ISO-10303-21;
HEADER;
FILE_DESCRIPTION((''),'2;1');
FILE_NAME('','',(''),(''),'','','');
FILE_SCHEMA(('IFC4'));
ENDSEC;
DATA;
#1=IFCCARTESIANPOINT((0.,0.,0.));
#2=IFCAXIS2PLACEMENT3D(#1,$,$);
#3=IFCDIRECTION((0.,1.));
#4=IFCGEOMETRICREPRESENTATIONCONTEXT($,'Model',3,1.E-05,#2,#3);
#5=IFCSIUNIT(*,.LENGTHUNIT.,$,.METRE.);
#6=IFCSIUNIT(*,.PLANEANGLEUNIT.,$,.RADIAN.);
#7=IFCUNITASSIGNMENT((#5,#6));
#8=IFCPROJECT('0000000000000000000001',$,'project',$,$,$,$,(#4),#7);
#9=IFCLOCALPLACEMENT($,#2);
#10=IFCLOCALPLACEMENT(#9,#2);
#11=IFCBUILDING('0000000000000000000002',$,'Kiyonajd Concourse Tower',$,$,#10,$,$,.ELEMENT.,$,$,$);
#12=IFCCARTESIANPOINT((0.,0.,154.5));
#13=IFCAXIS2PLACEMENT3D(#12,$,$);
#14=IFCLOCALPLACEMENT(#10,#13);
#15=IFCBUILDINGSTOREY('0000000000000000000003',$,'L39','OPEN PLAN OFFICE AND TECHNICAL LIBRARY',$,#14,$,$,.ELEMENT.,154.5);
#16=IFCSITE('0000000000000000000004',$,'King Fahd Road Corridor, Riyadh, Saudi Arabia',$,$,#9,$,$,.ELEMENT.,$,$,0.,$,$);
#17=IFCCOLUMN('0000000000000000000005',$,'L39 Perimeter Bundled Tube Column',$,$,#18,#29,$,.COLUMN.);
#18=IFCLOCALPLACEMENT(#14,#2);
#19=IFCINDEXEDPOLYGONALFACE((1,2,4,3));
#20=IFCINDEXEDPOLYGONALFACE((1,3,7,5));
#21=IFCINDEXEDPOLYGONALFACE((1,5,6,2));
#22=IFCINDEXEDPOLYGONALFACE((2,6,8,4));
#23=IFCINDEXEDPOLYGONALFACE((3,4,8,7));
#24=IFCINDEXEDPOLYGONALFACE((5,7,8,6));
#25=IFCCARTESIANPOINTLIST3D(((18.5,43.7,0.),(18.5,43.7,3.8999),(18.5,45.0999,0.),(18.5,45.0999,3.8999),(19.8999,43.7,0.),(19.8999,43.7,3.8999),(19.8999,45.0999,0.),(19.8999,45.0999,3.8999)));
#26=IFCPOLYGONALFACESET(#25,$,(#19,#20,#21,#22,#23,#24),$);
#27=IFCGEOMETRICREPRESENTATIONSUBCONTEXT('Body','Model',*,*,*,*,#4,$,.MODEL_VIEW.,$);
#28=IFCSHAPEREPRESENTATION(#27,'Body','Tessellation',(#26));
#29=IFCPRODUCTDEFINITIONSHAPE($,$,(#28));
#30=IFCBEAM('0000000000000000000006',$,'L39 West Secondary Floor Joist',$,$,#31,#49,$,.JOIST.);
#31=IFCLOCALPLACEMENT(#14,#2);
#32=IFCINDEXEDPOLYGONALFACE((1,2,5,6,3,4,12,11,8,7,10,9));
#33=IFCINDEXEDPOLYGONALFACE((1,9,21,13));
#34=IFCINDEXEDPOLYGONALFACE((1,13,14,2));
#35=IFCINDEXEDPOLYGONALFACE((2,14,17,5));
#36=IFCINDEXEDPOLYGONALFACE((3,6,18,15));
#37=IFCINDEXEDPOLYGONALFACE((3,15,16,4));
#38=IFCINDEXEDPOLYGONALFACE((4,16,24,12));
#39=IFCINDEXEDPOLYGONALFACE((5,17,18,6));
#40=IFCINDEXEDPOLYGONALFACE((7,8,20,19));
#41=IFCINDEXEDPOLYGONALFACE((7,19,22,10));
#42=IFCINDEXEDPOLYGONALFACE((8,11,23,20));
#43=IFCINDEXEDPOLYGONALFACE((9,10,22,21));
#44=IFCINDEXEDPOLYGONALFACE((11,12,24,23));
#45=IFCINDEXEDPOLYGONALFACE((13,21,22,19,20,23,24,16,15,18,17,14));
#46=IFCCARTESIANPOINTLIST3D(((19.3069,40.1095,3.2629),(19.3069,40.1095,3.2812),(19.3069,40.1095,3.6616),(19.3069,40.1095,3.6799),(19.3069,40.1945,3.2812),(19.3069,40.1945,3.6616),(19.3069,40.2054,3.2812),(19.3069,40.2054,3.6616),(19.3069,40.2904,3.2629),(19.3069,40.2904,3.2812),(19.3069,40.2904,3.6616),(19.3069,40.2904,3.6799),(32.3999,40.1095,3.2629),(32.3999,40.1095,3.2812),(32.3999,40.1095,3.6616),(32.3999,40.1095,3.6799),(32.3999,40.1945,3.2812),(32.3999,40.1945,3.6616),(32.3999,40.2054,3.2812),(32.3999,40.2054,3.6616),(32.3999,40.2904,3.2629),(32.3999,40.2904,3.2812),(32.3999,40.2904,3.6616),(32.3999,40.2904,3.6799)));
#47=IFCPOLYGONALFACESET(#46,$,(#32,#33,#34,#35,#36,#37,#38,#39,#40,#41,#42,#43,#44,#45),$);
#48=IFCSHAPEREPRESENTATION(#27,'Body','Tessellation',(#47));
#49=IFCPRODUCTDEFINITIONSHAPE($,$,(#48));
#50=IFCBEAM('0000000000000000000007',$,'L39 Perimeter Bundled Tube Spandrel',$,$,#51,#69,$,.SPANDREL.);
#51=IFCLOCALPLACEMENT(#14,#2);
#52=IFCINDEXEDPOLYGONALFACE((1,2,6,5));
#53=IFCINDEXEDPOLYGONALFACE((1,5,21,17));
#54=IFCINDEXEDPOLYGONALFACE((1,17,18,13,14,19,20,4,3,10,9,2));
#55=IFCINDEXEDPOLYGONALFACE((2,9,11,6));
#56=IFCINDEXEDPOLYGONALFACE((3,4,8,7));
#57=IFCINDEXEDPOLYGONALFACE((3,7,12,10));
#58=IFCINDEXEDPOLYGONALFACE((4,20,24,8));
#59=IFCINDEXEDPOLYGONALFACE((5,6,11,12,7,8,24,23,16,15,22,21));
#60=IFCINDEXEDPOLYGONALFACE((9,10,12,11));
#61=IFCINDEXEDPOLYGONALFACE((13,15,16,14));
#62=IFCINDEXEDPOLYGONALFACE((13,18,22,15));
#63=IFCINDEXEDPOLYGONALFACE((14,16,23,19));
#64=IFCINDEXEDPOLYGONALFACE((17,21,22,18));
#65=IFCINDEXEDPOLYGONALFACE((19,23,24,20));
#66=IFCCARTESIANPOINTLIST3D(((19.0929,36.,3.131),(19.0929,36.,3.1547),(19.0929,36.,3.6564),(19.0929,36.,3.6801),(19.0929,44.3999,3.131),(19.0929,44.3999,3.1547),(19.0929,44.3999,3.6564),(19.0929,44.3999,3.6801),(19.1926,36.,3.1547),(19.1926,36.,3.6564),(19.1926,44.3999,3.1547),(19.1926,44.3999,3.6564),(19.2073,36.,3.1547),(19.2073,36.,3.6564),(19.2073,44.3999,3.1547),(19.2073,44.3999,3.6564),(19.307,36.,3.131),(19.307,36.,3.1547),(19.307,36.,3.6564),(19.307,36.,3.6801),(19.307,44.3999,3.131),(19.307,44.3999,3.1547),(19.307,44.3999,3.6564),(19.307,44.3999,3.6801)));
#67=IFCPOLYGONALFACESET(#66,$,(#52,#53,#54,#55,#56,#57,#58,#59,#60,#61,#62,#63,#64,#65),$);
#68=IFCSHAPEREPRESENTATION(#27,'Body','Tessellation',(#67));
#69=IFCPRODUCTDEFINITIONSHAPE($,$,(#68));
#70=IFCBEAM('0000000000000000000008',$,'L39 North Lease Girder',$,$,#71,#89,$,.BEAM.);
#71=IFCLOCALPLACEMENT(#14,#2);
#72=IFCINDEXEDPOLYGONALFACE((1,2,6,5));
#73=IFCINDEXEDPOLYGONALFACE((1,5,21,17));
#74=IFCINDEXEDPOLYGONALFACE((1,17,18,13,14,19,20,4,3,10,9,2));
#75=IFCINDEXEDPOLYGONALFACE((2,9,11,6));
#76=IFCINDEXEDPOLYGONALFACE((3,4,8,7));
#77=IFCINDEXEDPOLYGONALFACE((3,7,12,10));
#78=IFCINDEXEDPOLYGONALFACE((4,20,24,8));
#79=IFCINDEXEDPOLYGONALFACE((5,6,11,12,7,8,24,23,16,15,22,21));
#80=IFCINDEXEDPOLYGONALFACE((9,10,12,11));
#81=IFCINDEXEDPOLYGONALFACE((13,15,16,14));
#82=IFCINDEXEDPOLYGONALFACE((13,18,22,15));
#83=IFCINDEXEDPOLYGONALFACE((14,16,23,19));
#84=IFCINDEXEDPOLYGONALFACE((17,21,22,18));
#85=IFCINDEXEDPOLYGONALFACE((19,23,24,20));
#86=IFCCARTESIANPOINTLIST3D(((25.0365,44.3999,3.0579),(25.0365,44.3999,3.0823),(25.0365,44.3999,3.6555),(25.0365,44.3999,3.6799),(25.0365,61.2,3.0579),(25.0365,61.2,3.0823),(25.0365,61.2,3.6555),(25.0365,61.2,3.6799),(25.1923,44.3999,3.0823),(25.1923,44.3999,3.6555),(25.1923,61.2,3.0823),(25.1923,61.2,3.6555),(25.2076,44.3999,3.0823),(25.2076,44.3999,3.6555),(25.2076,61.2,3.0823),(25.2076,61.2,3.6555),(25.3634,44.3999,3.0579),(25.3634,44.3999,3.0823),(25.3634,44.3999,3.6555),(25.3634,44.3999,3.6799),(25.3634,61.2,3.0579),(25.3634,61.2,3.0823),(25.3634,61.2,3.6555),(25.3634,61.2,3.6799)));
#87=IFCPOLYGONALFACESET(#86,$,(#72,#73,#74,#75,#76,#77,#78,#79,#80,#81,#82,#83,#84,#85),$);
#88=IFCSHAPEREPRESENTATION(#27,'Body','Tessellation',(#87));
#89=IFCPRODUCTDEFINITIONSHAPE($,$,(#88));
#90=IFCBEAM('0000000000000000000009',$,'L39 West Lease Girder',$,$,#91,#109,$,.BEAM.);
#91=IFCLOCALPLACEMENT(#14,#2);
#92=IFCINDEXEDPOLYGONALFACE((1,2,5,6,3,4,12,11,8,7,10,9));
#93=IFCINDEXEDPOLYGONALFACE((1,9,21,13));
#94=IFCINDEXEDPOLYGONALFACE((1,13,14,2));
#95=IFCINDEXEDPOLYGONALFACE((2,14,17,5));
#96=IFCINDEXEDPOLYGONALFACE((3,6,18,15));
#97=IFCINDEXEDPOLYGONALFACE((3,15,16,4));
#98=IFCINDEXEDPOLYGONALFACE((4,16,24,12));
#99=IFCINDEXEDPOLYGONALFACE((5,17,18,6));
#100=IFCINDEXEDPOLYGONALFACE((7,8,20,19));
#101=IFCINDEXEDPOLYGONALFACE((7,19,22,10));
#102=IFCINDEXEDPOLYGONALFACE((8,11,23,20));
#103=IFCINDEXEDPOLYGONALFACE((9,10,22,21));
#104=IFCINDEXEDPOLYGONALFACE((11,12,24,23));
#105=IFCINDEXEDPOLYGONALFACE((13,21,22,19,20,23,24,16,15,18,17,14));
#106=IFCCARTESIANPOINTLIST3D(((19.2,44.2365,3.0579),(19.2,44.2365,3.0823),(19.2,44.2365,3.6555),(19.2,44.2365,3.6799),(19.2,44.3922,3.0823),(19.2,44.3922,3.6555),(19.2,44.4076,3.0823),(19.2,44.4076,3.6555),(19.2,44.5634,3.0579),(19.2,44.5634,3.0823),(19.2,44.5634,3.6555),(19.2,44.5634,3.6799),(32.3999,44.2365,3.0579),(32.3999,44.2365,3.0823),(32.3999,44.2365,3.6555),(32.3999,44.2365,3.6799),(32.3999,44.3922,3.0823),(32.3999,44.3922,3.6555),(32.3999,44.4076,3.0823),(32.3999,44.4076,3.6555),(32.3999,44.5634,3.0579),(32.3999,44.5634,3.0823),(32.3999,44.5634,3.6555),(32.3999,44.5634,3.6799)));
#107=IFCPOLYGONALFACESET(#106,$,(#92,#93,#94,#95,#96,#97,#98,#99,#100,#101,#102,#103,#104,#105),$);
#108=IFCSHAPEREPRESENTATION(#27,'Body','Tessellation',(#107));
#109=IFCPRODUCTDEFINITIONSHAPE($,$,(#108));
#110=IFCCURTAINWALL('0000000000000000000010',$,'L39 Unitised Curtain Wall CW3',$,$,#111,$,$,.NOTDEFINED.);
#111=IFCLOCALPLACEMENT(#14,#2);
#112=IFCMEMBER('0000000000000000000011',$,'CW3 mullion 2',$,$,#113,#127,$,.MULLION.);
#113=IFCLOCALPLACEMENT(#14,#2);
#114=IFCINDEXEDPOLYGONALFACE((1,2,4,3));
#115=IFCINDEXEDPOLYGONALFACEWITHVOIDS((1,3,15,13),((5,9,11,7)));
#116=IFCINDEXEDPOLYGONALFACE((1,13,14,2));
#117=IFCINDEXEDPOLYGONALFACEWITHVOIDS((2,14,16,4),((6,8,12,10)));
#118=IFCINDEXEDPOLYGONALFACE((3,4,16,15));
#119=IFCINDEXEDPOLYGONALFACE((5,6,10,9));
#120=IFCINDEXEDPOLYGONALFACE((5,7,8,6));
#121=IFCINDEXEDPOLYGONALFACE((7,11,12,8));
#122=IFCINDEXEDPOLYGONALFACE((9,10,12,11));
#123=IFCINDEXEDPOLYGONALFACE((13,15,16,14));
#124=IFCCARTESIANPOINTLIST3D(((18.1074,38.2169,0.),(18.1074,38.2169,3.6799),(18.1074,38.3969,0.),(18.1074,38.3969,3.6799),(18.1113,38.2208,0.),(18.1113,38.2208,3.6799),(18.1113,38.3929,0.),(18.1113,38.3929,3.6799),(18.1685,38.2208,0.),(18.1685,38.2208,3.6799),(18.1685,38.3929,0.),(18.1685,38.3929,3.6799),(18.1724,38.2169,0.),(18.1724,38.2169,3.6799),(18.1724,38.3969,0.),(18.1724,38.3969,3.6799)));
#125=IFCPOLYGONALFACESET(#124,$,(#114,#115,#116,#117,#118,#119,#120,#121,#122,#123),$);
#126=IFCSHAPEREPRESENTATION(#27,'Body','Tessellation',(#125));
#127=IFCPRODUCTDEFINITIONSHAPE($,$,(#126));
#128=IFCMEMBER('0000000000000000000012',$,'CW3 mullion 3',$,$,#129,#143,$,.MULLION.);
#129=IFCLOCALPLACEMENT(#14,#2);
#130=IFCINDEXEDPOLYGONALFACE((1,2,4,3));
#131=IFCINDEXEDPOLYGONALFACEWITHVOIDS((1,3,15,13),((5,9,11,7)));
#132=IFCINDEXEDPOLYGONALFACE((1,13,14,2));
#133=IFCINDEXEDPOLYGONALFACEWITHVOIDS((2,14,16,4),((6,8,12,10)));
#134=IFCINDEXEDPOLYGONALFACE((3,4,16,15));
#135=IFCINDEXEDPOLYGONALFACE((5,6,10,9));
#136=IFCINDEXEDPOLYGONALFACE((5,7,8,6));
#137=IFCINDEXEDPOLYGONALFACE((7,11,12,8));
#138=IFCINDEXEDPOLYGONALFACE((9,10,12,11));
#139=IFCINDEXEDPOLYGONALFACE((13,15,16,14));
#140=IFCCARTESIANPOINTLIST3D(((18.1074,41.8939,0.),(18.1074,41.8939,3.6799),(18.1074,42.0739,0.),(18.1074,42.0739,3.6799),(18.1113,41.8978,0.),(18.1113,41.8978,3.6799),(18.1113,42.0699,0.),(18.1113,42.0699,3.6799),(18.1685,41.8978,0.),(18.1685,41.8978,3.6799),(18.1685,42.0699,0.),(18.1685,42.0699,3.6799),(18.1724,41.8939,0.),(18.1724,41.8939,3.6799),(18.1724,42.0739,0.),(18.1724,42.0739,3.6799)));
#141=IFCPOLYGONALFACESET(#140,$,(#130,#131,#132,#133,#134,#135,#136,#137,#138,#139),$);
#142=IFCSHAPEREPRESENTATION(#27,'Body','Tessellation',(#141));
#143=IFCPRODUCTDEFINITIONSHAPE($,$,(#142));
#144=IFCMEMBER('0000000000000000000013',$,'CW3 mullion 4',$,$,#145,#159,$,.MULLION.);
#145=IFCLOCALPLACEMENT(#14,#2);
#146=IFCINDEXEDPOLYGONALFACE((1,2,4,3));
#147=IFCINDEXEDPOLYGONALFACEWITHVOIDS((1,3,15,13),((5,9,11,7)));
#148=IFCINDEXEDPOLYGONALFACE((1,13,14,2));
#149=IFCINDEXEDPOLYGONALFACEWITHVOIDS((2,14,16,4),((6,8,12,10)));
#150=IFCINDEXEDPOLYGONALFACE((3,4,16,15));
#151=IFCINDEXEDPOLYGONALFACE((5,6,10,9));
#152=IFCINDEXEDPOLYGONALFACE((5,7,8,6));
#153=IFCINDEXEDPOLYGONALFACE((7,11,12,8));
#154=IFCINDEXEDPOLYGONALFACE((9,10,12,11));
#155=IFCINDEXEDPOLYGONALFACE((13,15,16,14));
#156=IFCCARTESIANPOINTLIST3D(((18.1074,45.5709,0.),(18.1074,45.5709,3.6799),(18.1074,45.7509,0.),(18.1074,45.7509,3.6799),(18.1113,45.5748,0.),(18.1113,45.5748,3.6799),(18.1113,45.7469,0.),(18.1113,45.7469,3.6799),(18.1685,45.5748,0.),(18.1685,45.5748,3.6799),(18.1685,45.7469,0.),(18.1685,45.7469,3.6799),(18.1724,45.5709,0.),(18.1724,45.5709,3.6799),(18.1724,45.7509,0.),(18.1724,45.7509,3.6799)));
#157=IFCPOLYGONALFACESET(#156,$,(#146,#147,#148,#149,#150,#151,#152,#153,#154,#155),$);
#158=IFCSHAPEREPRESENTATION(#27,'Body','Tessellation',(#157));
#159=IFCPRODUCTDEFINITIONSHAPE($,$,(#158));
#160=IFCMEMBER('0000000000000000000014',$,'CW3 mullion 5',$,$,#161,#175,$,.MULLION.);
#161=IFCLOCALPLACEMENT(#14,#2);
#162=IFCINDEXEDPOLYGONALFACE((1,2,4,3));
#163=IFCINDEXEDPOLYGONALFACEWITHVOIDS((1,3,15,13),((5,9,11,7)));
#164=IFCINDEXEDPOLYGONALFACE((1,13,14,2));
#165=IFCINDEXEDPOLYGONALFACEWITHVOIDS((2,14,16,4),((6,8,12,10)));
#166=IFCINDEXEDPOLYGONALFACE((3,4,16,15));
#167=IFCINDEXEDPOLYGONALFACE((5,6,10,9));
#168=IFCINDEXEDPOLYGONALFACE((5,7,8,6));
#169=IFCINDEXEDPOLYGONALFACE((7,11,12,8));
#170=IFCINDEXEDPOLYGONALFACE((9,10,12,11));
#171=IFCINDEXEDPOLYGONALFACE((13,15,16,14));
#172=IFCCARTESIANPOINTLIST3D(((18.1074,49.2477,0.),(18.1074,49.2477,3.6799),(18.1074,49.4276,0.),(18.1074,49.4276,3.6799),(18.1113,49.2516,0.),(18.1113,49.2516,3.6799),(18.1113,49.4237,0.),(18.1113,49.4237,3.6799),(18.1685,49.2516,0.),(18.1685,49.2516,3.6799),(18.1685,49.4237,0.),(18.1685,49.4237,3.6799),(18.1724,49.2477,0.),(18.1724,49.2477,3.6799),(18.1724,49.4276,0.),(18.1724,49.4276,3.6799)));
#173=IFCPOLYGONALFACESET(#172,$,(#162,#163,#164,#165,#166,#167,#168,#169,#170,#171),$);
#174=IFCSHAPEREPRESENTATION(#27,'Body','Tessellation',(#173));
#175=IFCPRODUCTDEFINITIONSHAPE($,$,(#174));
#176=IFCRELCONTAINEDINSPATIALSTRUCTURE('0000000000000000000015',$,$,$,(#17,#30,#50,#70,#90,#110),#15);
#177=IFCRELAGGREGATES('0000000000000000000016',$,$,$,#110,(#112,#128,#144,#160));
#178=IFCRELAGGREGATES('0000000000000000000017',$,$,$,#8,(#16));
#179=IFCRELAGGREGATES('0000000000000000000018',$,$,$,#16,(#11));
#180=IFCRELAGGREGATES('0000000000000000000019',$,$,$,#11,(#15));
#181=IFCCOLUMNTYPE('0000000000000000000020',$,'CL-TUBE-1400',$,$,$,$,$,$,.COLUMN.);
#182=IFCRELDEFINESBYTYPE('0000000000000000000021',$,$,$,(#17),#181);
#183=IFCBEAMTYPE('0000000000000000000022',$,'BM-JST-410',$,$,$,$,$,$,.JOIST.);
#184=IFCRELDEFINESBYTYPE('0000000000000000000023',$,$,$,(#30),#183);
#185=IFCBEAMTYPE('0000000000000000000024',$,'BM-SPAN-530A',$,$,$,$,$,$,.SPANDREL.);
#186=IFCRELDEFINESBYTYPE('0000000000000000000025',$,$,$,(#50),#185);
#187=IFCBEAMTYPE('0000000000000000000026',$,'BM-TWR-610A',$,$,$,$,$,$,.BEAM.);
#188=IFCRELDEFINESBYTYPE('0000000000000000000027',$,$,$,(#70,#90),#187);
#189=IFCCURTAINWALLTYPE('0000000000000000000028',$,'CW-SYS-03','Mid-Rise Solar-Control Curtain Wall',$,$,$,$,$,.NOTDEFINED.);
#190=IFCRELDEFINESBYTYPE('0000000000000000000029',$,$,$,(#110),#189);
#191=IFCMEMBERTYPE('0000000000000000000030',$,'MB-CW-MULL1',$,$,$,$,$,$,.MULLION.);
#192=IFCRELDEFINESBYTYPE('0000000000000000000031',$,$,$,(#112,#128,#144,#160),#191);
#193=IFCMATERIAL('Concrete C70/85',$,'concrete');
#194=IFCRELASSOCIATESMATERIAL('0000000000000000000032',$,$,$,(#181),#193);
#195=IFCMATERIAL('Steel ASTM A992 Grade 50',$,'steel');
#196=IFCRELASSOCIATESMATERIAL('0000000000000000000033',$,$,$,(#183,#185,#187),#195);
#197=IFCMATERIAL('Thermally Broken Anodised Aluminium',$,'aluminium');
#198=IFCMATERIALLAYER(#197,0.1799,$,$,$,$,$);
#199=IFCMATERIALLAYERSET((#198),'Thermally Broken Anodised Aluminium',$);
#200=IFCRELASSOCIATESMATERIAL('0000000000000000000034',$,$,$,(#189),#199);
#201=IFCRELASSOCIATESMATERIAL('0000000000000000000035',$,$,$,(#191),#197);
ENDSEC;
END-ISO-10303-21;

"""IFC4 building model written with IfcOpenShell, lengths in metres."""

from ifc_helpers import new_model, si_unit, direction, frame, origin, origin_2d, place, context, subcontext, project, spatial, rectangle, hollow_rectangle, i_section, extrude, material, layer, layer_set, material_profile, profile_set, type_object, element, aggregate, save


model = new_model("IFC4")

# Units and contexts
model_context = context("Model", 3, precision=1e-05, world=origin(), true_north=direction((0.0, 1.0)))
body_context = subcontext(model_context, "Body", "Model", "MODEL_VIEW")
ifc_project = project(units=[si_unit("LENGTHUNIT", "METRE"), si_unit("PLANEANGLEUNIT", "RADIAN")], contexts=[model_context])

# Site, building, storey
site_placement = place(None, origin())
site = spatial("IfcSite", under=ifc_project, at=site_placement, Name="King Fahd Road Corridor, Riyadh, Saudi Arabia", CompositionType="ELEMENT", RefElevation=0.0)
building_placement = place(site_placement, origin())
building = spatial("IfcBuilding", under=site, at=building_placement, Name="Kiyonajd Concourse Tower", CompositionType="ELEMENT")
storey_placement = place(building_placement, frame((0.0, 0.0, 154.5)))
storey = spatial("IfcBuildingStorey", under=building, at=storey_placement, Name="L39", Description="OPEN PLAN OFFICE AND TECHNICAL LIBRARY", CompositionType="ELEMENT", Elevation=154.5)

# Column
ifc_material_1 = material(Name="Concrete C70/85", Category="concrete")
ifc_material_profile_1 = material_profile(ifc_material_1, rectangle(XDim=1.3999, YDim=1.3999, at=origin_2d()), Name="RC-1400x1400")
ifc_profile_set_1 = profile_set([ifc_material_profile_1], Name="Concrete C70/85")
column_type = type_object("IfcColumnType", Name="CL-TUBE-1400", PredefinedType="COLUMN", material=ifc_profile_set_1)
column_placement = place(storey_placement, frame((19.2, 44.3999, 0.0), z_axis=(0.0, 0.0, 1.0), x_axis=(1.0, 0.0, 0.0)))
element("IfcColumn", 1, at=column_placement, inside=storey, type_object=column_type, Name="L39 Perimeter Bundled Tube Column", PredefinedType="COLUMN", context=body_context, shape_type="SweptSolid", body=[
    extrude(rectangle(XDim=1.3999, YDim=1.3999, at=origin_2d()), origin(), (0.0, 0.0, 1.0), 3.8999),
])

# Beams
ifc_material_2 = material(Name="Steel ASTM A992 Grade 50", Category="steel")
ifc_material_profile_2 = material_profile(ifc_material_2, i_section(OverallWidth=0.1809, OverallDepth=0.417, WebThickness=0.011, FlangeThickness=0.0183, at=origin_2d()), Name="W410X85")
ifc_profile_set_2 = profile_set([ifc_material_profile_2], Name="Steel ASTM A992 Grade 50")
beam_type_1 = type_object("IfcBeamType", Name="BM-JST-410", PredefinedType="JOIST", material=ifc_profile_set_2)
beam_1_placement = place(storey_placement, frame((19.3069, 40.2, 3.4714), z_axis=(1.0, 0.0, 0.0), x_axis=(0.0, 1.0, 0.0)))
element("IfcBeam", 2, at=beam_1_placement, inside=storey, type_object=beam_type_1, Name="L39 West Secondary Floor Joist", PredefinedType="JOIST", context=body_context, shape_type="SweptSolid", body=[
    extrude(i_section(OverallWidth=0.1809, OverallDepth=0.417, WebThickness=0.011, FlangeThickness=0.0183, at=origin_2d()), origin(), (0.0, 0.0, 1.0), 13.093),
])
ifc_material_profile_3 = material_profile(ifc_material_2, i_section(OverallWidth=0.2141, OverallDepth=0.5491, WebThickness=0.0146, FlangeThickness=0.0237, at=origin_2d()), Name="W530X138")
ifc_profile_set_3 = profile_set([ifc_material_profile_3], Name="Steel ASTM A992 Grade 50")
beam_type_2 = type_object("IfcBeamType", Name="BM-SPAN-530A", PredefinedType="SPANDREL", material=ifc_profile_set_3)
beam_2_placement = place(storey_placement, frame((19.2, 44.3999, 3.4055), z_axis=(0.0, -1.0, 0.0), x_axis=(1.0, 0.0, 0.0)))
element("IfcBeam", 3, at=beam_2_placement, inside=storey, type_object=beam_type_2, Name="L39 Perimeter Bundled Tube Spandrel", PredefinedType="SPANDREL", context=body_context, shape_type="SweptSolid", body=[
    extrude(i_section(OverallWidth=0.2141, OverallDepth=0.5491, WebThickness=0.0146, FlangeThickness=0.0237, at=origin_2d()), origin(), (0.0, 0.0, 1.0), 8.3999),
])
ifc_material_profile_4 = material_profile(ifc_material_2, i_section(OverallWidth=0.3269, OverallDepth=0.6221, WebThickness=0.0154, FlangeThickness=0.0244, at=origin_2d()), Name="W610X195")
ifc_profile_set_4 = profile_set([ifc_material_profile_4], Name="Steel ASTM A992 Grade 50")
beam_type_3 = type_object("IfcBeamType", Name="BM-TWR-610A", PredefinedType="BEAM", material=ifc_profile_set_4)
beam_3_placement = place(storey_placement, frame((25.2, 44.3999, 3.3689), z_axis=(0.0, 1.0, 0.0), x_axis=(-1.0, 0.0, 0.0)))
element("IfcBeam", 4, at=beam_3_placement, inside=storey, type_object=beam_type_3, Name="L39 North Lease Girder", PredefinedType="BEAM", context=body_context, shape_type="SweptSolid", body=[
    extrude(i_section(OverallWidth=0.3269, OverallDepth=0.6221, WebThickness=0.0154, FlangeThickness=0.0244, at=origin_2d()), origin(), (0.0, 0.0, 1.0), 16.8),
])
beam_4_placement = place(storey_placement, frame((19.2, 44.3999, 3.3689), z_axis=(1.0, 0.0, 0.0), x_axis=(0.0, 1.0, 0.0)))
element("IfcBeam", 5, at=beam_4_placement, inside=storey, type_object=beam_type_3, Name="L39 West Lease Girder", PredefinedType="BEAM", context=body_context, shape_type="SweptSolid", body=[
    extrude(i_section(OverallWidth=0.3269, OverallDepth=0.6221, WebThickness=0.0154, FlangeThickness=0.0244, at=origin_2d()), origin(), (0.0, 0.0, 1.0), 13.2),
])

# Curtain wall, members
ifc_material_3 = material(Name="Thermally Broken Anodised Aluminium", Category="aluminium")
ifc_layer_1 = layer(ifc_material_3, 0.1799)
ifc_layer_set_1 = layer_set([ifc_layer_1], Name="Thermally Broken Anodised Aluminium")
curtain_wall_type = type_object("IfcCurtainWallType", Name="CW-SYS-03", Description="Mid-Rise Solar-Control Curtain Wall", PredefinedType="NOTDEFINED", material=ifc_layer_set_1)
curtain_wall_placement = place(storey_placement, origin())
curtain_wall = element("IfcCurtainWall", 6, at=curtain_wall_placement, inside=storey, type_object=curtain_wall_type, Name="L39 Unitised Curtain Wall CW3", PredefinedType="NOTDEFINED")
ifc_material_profile_5 = material_profile(ifc_material_3, hollow_rectangle(XDim=0.0649, YDim=0.1799, WallThickness=0.0039, at=origin_2d()), Name="MULL-65x180")
ifc_profile_set_5 = profile_set([ifc_material_profile_5], Name="Thermally Broken Anodised Aluminium")
member_type_1 = type_object("IfcMemberType", Name="MB-CW-MULL1", PredefinedType="MULLION", material=ifc_profile_set_5)
member_1_placement = place(storey_placement, frame((18.1399, 38.3069, 0.0), z_axis=(0.0, 0.0, 1.0), x_axis=(-1.0, 0.0, 0.0)))
member_1 = element("IfcMember", 7, at=member_1_placement, type_object=member_type_1, Name="CW3 mullion 2", PredefinedType="MULLION", context=body_context, shape_type="SweptSolid", body=[
    extrude(hollow_rectangle(XDim=0.0649, YDim=0.1799, WallThickness=0.0039, at=origin_2d()), origin(), (0.0, 0.0, 1.0), 3.6799),
])
member_2_placement = place(storey_placement, frame((18.1399, 41.9839, 0.0), z_axis=(0.0, 0.0, 1.0), x_axis=(-1.0, 0.0, 0.0)))
member_2 = element("IfcMember", 8, at=member_2_placement, type_object=member_type_1, Name="CW3 mullion 3", PredefinedType="MULLION", context=body_context, shape_type="SweptSolid", body=[
    extrude(hollow_rectangle(XDim=0.0649, YDim=0.1799, WallThickness=0.0039, at=origin_2d()), origin(), (0.0, 0.0, 1.0), 3.6799),
])
member_3_placement = place(storey_placement, frame((18.1399, 45.6609, 0.0), z_axis=(0.0, 0.0, 1.0), x_axis=(-1.0, 0.0, 0.0)))
member_3 = element("IfcMember", 9, at=member_3_placement, type_object=member_type_1, Name="CW3 mullion 4", PredefinedType="MULLION", context=body_context, shape_type="SweptSolid", body=[
    extrude(hollow_rectangle(XDim=0.0649, YDim=0.1799, WallThickness=0.0039, at=origin_2d()), origin(), (0.0, 0.0, 1.0), 3.6799),
])
member_4_placement = place(storey_placement, frame((18.1399, 49.3376, 0.0), z_axis=(0.0, 0.0, 1.0), x_axis=(-1.0, 0.0, 0.0)))
member_4 = element("IfcMember", 10, at=member_4_placement, type_object=member_type_1, Name="CW3 mullion 5", PredefinedType="MULLION", context=body_context, shape_type="SweptSolid", body=[
    extrude(hollow_rectangle(XDim=0.0649, YDim=0.1799, WallThickness=0.0039, at=origin_2d()), origin(), (0.0, 0.0, 1.0), 3.6799),
])
aggregate(curtain_wall, [member_1, member_2, member_3, member_4])

save(model, "model.ifc")
